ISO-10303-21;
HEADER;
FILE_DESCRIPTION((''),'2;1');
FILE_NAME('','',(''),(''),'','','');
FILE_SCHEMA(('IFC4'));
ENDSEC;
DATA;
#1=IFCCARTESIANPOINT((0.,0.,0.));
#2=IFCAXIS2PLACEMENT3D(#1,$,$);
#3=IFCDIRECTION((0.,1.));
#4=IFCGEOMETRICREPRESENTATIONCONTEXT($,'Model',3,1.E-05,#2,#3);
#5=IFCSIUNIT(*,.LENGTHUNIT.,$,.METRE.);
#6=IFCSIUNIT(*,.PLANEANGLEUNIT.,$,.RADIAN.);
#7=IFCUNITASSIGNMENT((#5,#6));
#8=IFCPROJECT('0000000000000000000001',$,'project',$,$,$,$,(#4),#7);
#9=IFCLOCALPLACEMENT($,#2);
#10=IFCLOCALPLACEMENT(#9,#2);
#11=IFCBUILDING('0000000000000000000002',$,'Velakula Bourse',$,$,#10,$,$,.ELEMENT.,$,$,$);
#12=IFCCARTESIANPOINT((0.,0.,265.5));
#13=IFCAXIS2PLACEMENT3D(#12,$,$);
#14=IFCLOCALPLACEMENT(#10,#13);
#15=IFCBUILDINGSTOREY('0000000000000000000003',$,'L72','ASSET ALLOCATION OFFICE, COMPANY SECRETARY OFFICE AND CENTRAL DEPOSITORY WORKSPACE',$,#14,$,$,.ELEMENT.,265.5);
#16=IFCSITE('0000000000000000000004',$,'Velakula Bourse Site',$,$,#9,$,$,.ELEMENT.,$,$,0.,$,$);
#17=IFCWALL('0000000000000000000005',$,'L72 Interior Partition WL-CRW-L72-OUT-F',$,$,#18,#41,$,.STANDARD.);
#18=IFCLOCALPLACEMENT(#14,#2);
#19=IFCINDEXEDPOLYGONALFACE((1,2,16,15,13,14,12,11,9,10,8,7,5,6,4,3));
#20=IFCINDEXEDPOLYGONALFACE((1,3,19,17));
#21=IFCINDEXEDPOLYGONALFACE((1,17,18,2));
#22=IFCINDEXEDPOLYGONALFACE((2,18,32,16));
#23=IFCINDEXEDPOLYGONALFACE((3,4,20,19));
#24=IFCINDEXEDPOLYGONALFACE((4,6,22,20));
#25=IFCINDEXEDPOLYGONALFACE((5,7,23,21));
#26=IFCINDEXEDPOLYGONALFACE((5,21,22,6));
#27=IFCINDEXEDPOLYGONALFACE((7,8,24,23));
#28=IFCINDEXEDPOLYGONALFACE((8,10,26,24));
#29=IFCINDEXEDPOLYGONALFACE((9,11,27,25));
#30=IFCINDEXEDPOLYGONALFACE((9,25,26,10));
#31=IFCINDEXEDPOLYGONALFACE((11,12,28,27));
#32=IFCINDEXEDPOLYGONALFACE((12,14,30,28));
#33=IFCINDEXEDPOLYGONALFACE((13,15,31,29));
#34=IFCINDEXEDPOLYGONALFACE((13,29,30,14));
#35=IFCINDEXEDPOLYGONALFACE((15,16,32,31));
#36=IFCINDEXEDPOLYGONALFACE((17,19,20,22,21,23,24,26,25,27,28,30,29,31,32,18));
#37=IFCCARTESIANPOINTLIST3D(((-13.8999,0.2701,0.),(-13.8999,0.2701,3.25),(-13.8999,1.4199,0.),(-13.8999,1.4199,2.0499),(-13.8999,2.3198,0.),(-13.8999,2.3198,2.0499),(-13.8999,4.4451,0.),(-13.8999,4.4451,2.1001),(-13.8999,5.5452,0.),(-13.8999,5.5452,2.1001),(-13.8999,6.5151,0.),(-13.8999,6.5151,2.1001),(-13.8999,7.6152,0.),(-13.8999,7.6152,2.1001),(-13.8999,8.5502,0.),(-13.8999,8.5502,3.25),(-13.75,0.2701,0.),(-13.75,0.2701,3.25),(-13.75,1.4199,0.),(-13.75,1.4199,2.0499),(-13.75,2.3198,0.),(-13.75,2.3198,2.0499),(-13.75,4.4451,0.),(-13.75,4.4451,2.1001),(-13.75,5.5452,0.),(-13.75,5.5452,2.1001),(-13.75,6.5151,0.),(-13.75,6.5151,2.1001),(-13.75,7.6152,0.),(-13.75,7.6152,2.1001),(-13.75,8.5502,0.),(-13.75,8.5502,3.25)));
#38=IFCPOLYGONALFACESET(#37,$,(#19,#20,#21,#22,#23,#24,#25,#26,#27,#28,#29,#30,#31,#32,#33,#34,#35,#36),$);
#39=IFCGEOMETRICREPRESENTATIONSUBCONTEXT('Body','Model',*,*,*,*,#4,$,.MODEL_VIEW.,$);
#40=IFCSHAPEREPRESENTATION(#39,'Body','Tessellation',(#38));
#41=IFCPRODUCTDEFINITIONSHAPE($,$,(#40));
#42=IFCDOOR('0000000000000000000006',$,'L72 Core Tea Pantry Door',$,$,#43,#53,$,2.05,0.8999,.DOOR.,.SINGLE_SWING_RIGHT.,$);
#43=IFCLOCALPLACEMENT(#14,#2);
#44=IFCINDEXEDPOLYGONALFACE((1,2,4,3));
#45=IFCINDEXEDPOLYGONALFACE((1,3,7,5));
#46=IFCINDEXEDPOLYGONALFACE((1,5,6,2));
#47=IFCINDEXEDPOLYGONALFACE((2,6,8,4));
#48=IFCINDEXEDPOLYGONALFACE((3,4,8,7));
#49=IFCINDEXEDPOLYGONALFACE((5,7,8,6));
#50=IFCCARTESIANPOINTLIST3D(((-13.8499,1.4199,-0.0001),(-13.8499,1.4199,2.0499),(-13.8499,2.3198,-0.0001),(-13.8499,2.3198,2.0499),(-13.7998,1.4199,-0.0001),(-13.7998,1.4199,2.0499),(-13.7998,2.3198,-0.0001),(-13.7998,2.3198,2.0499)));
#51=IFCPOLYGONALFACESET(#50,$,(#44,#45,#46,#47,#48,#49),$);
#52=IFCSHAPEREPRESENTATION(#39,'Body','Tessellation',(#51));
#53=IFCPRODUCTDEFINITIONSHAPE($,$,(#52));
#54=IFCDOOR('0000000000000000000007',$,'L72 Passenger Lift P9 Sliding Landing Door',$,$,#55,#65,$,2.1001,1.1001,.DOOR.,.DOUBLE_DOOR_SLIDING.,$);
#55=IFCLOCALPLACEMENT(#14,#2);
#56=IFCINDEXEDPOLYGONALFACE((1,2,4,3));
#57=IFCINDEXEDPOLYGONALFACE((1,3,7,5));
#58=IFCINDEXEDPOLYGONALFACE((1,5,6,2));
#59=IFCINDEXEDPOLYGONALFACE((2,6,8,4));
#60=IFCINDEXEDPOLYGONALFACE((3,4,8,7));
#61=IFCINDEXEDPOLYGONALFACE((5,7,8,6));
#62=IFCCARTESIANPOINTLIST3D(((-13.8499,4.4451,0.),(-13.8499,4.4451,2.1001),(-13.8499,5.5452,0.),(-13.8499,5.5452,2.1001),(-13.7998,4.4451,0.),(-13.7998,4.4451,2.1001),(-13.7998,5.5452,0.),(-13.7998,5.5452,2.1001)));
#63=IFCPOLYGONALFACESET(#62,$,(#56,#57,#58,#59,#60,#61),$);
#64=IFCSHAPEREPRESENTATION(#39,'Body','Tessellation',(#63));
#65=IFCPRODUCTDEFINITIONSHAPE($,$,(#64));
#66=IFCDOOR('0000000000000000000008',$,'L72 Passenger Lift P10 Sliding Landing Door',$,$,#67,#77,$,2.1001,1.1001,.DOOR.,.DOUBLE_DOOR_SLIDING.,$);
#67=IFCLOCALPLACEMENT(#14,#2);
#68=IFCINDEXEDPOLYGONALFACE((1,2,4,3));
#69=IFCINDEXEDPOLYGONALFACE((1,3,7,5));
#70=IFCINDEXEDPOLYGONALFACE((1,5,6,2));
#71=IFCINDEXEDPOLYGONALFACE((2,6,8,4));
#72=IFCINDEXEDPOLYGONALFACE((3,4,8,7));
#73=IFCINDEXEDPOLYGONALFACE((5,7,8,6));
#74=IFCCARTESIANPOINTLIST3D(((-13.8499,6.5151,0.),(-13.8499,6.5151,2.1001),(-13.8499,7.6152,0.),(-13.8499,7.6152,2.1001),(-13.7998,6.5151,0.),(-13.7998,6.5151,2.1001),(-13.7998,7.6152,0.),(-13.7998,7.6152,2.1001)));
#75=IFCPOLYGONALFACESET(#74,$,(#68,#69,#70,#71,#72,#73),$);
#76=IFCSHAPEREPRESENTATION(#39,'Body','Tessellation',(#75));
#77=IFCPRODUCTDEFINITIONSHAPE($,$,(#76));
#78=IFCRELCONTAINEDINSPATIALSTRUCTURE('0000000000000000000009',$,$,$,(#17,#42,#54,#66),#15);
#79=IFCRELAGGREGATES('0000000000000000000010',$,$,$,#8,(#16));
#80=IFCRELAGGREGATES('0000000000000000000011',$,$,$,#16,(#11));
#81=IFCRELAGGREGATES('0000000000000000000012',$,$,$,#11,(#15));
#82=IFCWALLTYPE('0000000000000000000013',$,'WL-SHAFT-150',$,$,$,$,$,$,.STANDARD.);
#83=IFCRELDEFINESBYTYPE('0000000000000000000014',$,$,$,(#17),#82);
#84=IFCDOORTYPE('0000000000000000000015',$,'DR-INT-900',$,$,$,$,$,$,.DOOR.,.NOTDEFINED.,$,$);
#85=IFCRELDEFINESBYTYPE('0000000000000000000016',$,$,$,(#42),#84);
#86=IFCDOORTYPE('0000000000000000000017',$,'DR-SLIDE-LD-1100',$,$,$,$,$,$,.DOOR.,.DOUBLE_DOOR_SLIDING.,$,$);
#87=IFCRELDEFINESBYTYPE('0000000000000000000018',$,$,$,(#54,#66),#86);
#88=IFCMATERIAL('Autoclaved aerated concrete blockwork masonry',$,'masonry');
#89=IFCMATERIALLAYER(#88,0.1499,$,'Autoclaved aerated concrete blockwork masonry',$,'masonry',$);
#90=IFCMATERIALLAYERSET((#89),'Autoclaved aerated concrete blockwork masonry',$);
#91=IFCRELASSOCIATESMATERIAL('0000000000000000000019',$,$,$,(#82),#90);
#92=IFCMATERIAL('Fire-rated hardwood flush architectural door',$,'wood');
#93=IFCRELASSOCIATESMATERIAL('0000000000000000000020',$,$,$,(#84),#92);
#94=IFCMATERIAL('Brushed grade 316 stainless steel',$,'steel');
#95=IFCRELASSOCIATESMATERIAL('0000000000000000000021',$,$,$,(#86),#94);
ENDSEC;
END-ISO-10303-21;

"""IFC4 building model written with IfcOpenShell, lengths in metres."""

from ifc_helpers import new_model, si_unit, direction, frame, frame_2d, origin, place, context, subcontext, project, spatial, rectangle, extrude, material, layer, layer_set, type_object, element, fill, save


model = new_model("IFC4")

# Units and contexts
model_context = context("Model", 3, precision=1e-05, world=origin(), true_north=direction((0.0, 1.0)))
body_context = subcontext(model_context, "Body", "Model", "MODEL_VIEW")
ifc_project = project(units=[si_unit("LENGTHUNIT", "METRE"), si_unit("PLANEANGLEUNIT", "RADIAN")], contexts=[model_context])

# Site, building, storey
site_placement = place(None, origin())
site = spatial("IfcSite", under=ifc_project, at=site_placement, Name="Velakula Bourse Site", CompositionType="ELEMENT", RefElevation=0.0)
building_placement = place(site_placement, origin())
building = spatial("IfcBuilding", under=site, at=building_placement, Name="Velakula Bourse", CompositionType="ELEMENT")
storey_placement = place(building_placement, frame((0.0, 0.0, 265.5)))
storey = spatial("IfcBuildingStorey", under=building, at=storey_placement, Name="L72", Description="ASSET ALLOCATION OFFICE, COMPANY SECRETARY OFFICE AND CENTRAL DEPOSITORY WORKSPACE", CompositionType="ELEMENT", Elevation=265.5)

# Shared definitions
ifc_material_1 = material(Name="Fire-rated hardwood flush architectural door", Category="wood")

# Shared definitions
ifc_material_2 = material(Name="Autoclaved aerated concrete blockwork masonry", Category="masonry")
ifc_layer_1 = layer(ifc_material_2, 0.1499, Name="Autoclaved aerated concrete blockwork masonry", Category="masonry")
ifc_layer_set_1 = layer_set([ifc_layer_1], Name="Autoclaved aerated concrete blockwork masonry")
wall_type_1 = type_object("IfcWallType", Name="WL-SHAFT-150", PredefinedType="STANDARD", material=ifc_layer_set_1)

# Wall, openings, doors
wall_1_placement = place(storey_placement, frame((-13.825, 0.27, 0.0), z_axis=(0.0, 0.0, 1.0), x_axis=(0.0, 1.0, 0.0)))
wall_1 = element("IfcWall", 1, at=wall_1_placement, inside=storey, type_object=wall_type_1, Name="L72 Interior Partition WL-CRW-L72-OUT-F", PredefinedType="STANDARD", context=body_context, shape_type="SweptSolid", body=[
    extrude(rectangle(XDim=8.28, YDim=0.1499, at=frame_2d((4.1401, 0.0))), origin(), (0.0, 0.0, 1.0), 3.25),
])
opening_1_placement = place(wall_1_placement, frame((4.175, 0.0, 0.0)))
opening_1 = element("IfcOpeningElement", 2, at=opening_1_placement, cuts=wall_1, PredefinedType="OPENING", context=body_context, shape_type="SweptSolid", body=[
    extrude(rectangle(XDim=1.1001, YDim=2.1001, at=frame_2d((0.55, 1.05))), frame((0.0, 0.085, 0.0), z_axis=(0.0, -1.0, 0.0), x_axis=(1.0, 0.0, 0.0)), (0.0, 0.0, 1.0), 0.1699),
])
opening_2_placement = place(wall_1_placement, frame((6.2451, 0.0, 0.0)))
opening_2 = element("IfcOpeningElement", 3, at=opening_2_placement, cuts=wall_1, PredefinedType="OPENING", context=body_context, shape_type="SweptSolid", body=[
    extrude(rectangle(XDim=1.1001, YDim=2.1001, at=frame_2d((0.55, 1.05))), frame((0.0, 0.085, 0.0), z_axis=(0.0, -1.0, 0.0), x_axis=(1.0, 0.0, 0.0)), (0.0, 0.0, 1.0), 0.1699),
])
opening_3_placement = place(wall_1_placement, frame((1.1499, 0.0, 0.0)))
opening_3 = element("IfcOpeningElement", 4, at=opening_3_placement, cuts=wall_1, PredefinedType="OPENING", context=body_context, shape_type="SweptSolid", body=[
    extrude(rectangle(XDim=0.8999, YDim=2.05, at=frame_2d((0.45, 1.0249))), frame((0.0, 0.085, 0.0), z_axis=(0.0, -1.0, 0.0), x_axis=(1.0, 0.0, 0.0)), (0.0, 0.0, 1.0), 0.1699),
])
door_type_1 = type_object("IfcDoorType", Name="DR-INT-900", OperationType="NOTDEFINED", PredefinedType="DOOR", material=ifc_material_1)
door_1_placement = place(opening_3_placement, origin())
door_1 = element("IfcDoor", 5, at=door_1_placement, inside=storey, type_object=door_type_1, Name="L72 Core Tea Pantry Door", OperationType="SINGLE_SWING_RIGHT", OverallHeight=2.05, OverallWidth=0.8999, PredefinedType="DOOR", context=body_context, shape_type="SweptSolid", body=[
    extrude(rectangle(XDim=0.8999, YDim=2.05, at=frame_2d((0.45, 1.0249))), frame((0.0, 0.0249, 0.0), z_axis=(0.0, -1.0, 0.0), x_axis=(1.0, 0.0, 0.0)), (0.0, 0.0, 1.0), 0.05),
])
fill(opening_3, door_1)
ifc_material_3 = material(Name="Brushed grade 316 stainless steel", Category="steel")
door_type_2 = type_object("IfcDoorType", Name="DR-SLIDE-LD-1100", OperationType="DOUBLE_DOOR_SLIDING", PredefinedType="DOOR", material=ifc_material_3)
door_2_placement = place(opening_1_placement, origin())
door_2 = element("IfcDoor", 6, at=door_2_placement, inside=storey, type_object=door_type_2, Name="L72 Passenger Lift P9 Sliding Landing Door", OperationType="DOUBLE_DOOR_SLIDING", OverallHeight=2.1001, OverallWidth=1.1001, PredefinedType="DOOR", context=body_context, shape_type="SweptSolid", body=[
    extrude(rectangle(XDim=1.1001, YDim=2.1001, at=frame_2d((0.55, 1.05))), frame((0.0, 0.0249, 0.0), z_axis=(0.0, -1.0, 0.0), x_axis=(1.0, 0.0, 0.0)), (0.0, 0.0, 1.0), 0.05),
])
fill(opening_1, door_2)
door_3_placement = place(opening_2_placement, origin())
door_3 = element("IfcDoor", 7, at=door_3_placement, inside=storey, type_object=door_type_2, Name="L72 Passenger Lift P10 Sliding Landing Door", OperationType="DOUBLE_DOOR_SLIDING", OverallHeight=2.1001, OverallWidth=1.1001, PredefinedType="DOOR", context=body_context, shape_type="SweptSolid", body=[
    extrude(rectangle(XDim=1.1001, YDim=2.1001, at=frame_2d((0.55, 1.05))), frame((0.0, 0.0249, 0.0), z_axis=(0.0, -1.0, 0.0), x_axis=(1.0, 0.0, 0.0)), (0.0, 0.0, 1.0), 0.05),
])
fill(opening_2, door_3)

save(model, "model.ifc")
